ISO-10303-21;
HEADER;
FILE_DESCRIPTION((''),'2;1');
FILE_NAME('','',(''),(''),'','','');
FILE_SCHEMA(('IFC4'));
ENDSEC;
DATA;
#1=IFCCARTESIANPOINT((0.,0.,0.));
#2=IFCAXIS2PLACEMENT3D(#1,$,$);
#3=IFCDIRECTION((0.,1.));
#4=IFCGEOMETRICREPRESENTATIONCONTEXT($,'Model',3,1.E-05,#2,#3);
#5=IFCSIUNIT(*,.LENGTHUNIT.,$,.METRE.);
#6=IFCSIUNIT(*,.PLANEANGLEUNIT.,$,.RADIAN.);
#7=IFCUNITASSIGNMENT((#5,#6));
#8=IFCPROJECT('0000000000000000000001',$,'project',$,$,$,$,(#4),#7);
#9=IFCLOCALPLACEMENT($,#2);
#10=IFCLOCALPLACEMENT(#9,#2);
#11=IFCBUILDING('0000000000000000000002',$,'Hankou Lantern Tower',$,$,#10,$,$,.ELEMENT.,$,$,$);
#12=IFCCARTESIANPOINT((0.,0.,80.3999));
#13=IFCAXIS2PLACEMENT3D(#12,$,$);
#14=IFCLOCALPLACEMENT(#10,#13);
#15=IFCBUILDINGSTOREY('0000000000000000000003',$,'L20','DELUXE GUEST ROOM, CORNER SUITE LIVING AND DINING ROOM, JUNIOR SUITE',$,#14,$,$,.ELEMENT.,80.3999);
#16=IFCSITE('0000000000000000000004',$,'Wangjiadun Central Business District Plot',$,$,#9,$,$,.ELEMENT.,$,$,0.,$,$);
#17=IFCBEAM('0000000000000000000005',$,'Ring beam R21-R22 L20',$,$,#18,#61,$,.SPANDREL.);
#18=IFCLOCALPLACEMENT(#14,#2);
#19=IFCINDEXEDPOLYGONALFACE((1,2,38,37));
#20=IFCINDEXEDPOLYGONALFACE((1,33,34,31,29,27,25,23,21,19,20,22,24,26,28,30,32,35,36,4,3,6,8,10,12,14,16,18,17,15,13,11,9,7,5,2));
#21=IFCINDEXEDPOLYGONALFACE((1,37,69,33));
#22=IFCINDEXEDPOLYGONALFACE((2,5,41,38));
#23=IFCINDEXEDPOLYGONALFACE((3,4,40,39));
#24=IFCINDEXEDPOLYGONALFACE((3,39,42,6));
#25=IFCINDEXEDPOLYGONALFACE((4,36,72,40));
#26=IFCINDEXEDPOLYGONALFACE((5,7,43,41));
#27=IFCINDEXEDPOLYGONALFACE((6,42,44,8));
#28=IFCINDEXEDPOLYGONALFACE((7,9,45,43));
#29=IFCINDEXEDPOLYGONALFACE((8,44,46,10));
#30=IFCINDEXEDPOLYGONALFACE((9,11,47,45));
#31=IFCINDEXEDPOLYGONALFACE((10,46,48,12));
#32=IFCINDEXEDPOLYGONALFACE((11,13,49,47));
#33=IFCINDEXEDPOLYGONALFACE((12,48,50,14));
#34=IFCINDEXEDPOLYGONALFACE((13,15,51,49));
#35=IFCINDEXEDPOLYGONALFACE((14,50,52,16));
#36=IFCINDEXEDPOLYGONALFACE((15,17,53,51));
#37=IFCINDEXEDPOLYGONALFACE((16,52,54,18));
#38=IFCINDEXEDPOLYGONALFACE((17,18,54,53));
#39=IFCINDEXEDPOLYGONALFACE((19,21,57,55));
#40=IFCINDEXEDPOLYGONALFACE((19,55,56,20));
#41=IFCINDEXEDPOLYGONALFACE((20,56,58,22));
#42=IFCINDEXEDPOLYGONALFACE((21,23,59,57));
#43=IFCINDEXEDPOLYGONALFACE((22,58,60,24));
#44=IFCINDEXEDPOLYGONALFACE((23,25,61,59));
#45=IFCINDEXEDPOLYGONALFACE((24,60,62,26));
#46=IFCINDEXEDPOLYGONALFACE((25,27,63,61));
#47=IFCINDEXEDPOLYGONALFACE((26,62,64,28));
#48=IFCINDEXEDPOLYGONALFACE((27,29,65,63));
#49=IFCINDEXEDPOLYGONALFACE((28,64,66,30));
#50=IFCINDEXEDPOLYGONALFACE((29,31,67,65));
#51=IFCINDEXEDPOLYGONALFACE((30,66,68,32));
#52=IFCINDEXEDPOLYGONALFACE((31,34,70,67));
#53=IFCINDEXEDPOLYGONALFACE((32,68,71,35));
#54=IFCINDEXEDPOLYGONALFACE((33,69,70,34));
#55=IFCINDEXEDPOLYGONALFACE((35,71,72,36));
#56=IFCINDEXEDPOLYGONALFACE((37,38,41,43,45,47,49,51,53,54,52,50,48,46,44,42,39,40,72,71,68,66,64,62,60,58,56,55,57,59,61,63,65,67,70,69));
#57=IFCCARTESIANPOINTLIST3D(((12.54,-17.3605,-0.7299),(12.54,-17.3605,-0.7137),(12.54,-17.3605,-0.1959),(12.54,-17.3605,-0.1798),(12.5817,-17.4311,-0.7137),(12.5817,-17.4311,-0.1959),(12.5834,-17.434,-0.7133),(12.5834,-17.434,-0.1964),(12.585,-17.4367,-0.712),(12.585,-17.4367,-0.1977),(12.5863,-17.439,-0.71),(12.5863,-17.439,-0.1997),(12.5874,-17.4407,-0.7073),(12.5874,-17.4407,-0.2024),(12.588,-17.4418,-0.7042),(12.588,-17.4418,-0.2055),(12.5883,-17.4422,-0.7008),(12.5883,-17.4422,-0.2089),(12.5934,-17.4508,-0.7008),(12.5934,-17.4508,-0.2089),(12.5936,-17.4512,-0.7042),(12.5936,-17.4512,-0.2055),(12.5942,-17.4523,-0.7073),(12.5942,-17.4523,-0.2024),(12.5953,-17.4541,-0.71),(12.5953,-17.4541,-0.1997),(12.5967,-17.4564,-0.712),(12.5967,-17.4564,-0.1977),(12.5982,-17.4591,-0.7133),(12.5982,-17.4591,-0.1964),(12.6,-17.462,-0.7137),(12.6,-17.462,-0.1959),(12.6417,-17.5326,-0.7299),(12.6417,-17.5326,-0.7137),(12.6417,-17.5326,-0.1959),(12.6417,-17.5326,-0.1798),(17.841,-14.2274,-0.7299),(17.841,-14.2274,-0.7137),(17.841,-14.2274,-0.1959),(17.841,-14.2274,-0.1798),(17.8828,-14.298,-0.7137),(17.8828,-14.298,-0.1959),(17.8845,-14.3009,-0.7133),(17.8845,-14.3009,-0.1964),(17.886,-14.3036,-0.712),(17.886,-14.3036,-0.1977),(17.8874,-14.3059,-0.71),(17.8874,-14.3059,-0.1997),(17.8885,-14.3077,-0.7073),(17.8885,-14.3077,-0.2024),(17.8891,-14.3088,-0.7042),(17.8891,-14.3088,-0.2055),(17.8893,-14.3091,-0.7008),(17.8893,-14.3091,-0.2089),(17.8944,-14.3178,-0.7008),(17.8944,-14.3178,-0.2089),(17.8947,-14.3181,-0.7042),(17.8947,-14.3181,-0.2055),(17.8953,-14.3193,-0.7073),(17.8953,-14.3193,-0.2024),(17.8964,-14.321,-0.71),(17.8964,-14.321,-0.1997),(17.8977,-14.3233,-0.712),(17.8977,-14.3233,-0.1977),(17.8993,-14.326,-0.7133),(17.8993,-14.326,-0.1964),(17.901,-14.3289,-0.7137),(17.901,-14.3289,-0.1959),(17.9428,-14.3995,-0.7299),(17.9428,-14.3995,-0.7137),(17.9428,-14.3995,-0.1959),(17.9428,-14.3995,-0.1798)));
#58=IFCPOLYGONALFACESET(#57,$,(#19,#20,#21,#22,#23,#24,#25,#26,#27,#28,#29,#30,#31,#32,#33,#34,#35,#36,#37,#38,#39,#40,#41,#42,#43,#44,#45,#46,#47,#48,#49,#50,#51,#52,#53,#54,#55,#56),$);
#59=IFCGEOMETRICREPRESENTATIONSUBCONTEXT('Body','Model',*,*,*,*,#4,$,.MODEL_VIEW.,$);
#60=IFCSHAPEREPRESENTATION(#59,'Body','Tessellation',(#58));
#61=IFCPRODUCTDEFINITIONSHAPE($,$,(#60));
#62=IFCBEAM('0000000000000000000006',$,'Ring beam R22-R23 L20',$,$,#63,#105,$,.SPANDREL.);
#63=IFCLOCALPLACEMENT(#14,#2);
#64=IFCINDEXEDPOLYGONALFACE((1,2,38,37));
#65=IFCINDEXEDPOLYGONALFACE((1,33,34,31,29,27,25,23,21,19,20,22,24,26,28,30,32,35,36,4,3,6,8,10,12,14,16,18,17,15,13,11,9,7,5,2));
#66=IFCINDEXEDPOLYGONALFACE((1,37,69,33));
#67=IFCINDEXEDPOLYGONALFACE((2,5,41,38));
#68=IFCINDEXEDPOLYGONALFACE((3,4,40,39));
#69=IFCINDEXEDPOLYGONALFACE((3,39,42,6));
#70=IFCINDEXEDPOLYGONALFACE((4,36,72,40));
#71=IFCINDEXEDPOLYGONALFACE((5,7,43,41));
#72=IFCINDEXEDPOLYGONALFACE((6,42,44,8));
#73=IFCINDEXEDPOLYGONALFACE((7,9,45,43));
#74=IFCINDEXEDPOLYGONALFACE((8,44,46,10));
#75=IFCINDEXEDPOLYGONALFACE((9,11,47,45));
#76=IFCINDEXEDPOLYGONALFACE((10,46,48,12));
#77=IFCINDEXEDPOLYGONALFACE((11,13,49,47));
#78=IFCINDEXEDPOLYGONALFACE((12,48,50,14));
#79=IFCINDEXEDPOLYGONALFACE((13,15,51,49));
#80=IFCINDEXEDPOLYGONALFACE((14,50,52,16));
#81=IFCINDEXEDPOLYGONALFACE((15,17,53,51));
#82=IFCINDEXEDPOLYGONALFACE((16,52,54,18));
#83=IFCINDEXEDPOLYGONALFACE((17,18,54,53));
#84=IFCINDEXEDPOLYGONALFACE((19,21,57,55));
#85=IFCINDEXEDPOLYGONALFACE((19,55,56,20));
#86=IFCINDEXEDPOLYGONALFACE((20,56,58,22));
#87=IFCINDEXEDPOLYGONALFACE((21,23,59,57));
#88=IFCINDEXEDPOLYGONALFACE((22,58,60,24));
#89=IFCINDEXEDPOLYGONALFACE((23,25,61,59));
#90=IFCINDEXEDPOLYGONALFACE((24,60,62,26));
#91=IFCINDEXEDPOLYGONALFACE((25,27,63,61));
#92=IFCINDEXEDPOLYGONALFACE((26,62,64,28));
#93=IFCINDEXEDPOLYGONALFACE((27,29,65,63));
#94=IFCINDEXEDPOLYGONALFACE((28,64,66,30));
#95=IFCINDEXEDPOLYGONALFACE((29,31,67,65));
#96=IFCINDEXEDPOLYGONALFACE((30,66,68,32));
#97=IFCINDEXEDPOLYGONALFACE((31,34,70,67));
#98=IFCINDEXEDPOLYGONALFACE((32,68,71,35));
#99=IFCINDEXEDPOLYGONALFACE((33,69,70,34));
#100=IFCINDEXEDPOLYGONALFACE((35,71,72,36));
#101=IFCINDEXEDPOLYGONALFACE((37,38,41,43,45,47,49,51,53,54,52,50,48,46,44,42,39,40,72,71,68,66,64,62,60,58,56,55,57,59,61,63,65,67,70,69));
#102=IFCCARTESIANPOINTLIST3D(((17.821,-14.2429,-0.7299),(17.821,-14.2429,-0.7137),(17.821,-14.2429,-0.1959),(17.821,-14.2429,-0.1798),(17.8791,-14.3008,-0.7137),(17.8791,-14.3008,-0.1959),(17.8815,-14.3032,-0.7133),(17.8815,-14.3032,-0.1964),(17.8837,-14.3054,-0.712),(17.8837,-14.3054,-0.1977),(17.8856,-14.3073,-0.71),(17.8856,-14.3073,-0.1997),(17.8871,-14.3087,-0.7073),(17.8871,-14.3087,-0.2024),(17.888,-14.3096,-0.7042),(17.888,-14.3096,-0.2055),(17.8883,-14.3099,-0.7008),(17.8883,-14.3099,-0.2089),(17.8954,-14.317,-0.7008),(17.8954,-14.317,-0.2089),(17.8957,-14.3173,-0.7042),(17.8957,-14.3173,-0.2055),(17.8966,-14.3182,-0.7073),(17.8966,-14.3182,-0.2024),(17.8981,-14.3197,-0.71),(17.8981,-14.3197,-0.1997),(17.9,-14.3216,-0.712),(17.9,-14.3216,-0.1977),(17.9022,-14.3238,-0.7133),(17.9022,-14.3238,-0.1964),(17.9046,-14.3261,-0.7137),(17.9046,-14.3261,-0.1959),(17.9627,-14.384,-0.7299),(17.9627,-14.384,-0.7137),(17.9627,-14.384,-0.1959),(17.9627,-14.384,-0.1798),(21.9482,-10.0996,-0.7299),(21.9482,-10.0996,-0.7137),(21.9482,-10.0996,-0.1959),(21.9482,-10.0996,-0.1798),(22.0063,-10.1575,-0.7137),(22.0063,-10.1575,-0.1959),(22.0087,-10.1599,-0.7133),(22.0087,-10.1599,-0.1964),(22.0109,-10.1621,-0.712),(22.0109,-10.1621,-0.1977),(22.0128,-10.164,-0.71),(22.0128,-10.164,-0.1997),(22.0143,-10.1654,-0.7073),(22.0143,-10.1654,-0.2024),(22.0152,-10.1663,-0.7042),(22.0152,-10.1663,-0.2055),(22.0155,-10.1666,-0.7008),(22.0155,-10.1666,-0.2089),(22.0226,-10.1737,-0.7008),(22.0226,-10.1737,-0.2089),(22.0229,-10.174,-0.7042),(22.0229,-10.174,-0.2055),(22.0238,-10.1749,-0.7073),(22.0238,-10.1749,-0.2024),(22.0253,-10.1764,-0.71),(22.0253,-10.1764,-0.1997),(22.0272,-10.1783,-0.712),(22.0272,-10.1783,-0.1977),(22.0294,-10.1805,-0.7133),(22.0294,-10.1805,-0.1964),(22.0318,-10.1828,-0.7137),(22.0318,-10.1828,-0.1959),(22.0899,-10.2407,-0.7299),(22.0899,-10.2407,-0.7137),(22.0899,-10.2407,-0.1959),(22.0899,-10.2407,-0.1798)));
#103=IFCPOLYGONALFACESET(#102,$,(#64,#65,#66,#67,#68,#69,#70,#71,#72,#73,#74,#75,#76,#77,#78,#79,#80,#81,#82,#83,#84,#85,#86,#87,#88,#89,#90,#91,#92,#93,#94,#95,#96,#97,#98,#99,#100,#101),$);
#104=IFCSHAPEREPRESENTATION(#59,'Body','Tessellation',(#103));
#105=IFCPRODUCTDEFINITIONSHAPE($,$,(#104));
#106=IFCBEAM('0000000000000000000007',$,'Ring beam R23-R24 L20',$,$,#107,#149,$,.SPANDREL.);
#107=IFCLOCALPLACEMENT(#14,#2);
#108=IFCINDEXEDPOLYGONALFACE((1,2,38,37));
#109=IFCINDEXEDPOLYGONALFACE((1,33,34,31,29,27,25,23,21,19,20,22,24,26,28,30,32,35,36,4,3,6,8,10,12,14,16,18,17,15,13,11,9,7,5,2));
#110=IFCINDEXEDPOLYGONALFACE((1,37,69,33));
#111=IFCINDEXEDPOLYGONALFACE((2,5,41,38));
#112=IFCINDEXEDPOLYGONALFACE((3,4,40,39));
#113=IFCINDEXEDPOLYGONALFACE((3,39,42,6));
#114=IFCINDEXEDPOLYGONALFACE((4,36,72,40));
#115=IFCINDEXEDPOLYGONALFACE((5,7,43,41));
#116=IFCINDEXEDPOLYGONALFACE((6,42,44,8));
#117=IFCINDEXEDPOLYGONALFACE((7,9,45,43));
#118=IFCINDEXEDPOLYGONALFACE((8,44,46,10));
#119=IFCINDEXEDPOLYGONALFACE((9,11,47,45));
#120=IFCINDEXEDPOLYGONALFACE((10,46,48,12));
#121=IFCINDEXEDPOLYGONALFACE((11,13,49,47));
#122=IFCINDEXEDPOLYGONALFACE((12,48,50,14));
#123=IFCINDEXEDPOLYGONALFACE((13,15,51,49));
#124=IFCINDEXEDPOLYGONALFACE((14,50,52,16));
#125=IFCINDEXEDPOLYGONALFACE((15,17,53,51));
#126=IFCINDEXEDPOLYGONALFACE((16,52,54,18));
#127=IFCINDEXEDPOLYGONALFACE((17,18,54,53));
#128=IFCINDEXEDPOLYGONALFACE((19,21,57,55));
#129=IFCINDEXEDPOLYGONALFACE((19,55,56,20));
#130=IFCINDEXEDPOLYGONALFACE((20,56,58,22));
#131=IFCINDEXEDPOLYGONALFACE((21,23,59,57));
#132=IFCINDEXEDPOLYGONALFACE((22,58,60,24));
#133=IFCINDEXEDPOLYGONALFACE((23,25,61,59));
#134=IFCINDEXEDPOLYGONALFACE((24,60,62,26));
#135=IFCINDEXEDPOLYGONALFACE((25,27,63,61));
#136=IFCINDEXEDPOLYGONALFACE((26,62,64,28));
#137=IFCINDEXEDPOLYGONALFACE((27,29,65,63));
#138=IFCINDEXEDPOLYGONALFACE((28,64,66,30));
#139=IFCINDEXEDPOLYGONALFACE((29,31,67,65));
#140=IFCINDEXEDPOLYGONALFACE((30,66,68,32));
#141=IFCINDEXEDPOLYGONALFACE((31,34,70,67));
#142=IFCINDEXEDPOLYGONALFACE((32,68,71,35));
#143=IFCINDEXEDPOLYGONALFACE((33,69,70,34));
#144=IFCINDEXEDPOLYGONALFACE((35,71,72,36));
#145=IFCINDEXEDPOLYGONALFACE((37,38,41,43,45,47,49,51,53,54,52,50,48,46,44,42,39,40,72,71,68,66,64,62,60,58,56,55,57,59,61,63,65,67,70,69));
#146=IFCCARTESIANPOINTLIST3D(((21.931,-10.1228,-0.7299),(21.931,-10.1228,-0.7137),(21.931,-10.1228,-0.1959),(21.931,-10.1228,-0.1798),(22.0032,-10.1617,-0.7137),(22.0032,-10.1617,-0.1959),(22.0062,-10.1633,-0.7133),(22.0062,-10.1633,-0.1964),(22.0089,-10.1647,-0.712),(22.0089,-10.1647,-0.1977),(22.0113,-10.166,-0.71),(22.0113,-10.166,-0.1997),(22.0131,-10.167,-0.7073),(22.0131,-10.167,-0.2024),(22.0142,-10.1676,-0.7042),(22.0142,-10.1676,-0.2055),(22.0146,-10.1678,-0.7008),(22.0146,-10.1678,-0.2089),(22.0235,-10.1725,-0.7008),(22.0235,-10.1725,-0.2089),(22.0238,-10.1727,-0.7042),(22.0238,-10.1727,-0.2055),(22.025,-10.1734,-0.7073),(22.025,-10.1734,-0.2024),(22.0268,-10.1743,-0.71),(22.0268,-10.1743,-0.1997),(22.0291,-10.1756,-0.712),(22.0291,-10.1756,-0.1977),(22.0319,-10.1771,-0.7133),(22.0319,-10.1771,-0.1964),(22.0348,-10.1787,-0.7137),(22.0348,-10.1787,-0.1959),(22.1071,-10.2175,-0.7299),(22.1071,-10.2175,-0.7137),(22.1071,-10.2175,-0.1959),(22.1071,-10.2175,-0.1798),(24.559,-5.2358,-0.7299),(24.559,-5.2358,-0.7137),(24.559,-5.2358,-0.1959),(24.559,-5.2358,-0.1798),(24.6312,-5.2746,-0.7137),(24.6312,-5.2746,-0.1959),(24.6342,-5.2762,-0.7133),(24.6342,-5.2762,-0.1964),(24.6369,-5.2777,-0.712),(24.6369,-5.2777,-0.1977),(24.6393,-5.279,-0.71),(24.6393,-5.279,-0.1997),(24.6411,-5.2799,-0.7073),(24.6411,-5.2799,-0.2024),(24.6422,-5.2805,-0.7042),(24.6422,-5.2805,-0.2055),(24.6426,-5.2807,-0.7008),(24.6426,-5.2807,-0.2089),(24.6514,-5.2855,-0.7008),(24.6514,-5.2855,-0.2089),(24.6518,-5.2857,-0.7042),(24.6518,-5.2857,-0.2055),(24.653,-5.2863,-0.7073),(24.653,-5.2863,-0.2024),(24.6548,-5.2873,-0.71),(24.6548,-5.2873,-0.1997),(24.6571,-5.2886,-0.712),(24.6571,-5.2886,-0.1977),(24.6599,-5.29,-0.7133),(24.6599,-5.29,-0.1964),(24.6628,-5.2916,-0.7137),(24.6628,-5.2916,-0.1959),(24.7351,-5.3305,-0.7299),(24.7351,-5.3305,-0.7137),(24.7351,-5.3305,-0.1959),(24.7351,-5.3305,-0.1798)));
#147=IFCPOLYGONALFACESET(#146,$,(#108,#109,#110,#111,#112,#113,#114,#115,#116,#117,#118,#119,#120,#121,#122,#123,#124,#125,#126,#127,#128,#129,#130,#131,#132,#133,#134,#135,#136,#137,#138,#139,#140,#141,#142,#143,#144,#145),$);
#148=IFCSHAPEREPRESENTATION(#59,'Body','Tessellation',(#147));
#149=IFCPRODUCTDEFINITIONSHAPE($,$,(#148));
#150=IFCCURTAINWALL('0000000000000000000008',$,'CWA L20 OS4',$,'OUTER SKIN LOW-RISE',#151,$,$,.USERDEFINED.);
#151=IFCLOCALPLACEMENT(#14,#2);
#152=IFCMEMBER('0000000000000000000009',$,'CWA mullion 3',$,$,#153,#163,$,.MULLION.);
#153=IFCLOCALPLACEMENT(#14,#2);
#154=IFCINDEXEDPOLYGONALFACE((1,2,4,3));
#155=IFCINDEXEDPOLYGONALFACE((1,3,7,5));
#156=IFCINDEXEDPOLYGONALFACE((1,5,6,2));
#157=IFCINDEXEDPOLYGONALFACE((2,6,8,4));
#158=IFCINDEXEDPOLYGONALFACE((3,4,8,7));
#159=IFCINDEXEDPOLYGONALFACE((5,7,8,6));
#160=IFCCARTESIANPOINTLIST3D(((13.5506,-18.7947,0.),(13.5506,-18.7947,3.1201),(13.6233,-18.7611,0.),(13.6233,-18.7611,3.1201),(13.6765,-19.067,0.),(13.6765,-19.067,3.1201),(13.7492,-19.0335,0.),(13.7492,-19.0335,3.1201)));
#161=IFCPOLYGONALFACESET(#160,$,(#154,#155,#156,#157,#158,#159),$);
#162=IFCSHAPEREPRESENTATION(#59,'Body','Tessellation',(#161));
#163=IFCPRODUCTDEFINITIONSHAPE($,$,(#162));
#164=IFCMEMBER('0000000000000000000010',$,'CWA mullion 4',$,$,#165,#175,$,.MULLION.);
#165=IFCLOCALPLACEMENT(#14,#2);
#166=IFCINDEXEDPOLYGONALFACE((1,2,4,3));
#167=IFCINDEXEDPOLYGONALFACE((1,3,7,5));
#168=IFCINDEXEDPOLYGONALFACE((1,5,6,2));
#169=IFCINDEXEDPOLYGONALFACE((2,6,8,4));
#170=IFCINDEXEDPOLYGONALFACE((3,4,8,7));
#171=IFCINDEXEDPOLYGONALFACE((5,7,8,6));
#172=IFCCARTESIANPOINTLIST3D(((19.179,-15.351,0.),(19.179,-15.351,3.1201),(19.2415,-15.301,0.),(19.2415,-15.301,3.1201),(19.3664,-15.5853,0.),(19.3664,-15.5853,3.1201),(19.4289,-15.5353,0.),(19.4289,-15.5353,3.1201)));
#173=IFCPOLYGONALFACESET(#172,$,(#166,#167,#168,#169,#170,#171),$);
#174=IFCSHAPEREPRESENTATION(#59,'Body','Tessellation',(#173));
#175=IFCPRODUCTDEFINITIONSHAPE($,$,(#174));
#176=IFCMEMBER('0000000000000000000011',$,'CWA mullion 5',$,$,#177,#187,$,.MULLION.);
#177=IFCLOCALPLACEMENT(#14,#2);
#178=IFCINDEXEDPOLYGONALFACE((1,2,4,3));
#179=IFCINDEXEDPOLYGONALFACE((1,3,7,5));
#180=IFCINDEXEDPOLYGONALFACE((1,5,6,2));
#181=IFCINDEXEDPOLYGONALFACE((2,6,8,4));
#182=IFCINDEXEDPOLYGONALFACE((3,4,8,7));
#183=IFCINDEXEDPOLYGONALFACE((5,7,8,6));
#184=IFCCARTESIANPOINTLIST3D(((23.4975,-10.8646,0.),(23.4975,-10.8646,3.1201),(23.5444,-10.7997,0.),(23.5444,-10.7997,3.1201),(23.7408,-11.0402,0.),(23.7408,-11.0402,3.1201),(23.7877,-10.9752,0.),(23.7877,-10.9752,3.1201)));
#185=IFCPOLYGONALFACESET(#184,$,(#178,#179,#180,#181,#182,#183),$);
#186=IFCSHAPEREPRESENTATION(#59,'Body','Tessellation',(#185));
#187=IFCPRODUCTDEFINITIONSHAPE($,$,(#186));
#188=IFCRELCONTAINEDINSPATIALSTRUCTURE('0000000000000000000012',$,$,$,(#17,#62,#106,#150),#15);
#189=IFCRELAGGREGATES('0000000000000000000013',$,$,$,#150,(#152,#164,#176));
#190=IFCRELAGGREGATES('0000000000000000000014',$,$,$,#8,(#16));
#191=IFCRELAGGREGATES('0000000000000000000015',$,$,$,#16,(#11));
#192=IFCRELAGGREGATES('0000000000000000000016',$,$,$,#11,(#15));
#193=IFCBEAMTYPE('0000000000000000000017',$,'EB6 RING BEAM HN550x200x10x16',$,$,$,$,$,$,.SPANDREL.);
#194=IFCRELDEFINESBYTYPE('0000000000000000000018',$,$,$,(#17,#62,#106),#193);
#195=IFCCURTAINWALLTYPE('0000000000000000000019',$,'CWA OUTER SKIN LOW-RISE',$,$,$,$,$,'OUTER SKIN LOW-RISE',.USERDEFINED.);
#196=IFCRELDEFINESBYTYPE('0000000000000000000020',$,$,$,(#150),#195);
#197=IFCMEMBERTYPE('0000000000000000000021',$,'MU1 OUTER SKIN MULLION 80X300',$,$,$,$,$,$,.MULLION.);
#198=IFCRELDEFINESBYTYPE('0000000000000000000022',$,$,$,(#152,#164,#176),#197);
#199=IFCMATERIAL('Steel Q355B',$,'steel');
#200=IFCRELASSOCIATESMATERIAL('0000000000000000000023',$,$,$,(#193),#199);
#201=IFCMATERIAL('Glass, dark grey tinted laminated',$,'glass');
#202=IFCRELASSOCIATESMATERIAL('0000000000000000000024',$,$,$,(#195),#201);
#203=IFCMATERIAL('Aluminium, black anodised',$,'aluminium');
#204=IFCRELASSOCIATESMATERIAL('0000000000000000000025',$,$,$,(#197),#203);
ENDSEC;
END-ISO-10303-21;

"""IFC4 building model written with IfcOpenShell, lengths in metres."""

from ifc_helpers import new_model, si_unit, direction, frame, origin, origin_2d, place, context, subcontext, project, spatial, rectangle, i_section, extrude, material, material_profile, profile_set, type_object, element, aggregate, save


model = new_model("IFC4")

# Units and contexts
model_context = context("Model", 3, precision=1e-05, world=origin(), true_north=direction((0.0, 1.0)))
body_context = subcontext(model_context, "Body", "Model", "MODEL_VIEW")
ifc_project = project(units=[si_unit("LENGTHUNIT", "METRE"), si_unit("PLANEANGLEUNIT", "RADIAN")], contexts=[model_context])

# Site, building, storey
site_placement = place(None, origin())
site = spatial("IfcSite", under=ifc_project, at=site_placement, Name="Wangjiadun Central Business District Plot", CompositionType="ELEMENT", RefElevation=0.0)
building_placement = place(site_placement, origin())
building = spatial("IfcBuilding", under=site, at=building_placement, Name="Hankou Lantern Tower", CompositionType="ELEMENT")
storey_placement = place(building_placement, frame((0.0, 0.0, 80.3999)))
storey = spatial("IfcBuildingStorey", under=building, at=storey_placement, Name="L20", Description="DELUXE GUEST ROOM, CORNER SUITE LIVING AND DINING ROOM, JUNIOR SUITE", CompositionType="ELEMENT", Elevation=80.3999)

# Beams
ifc_material_1 = material(Name="Steel Q355B", Category="steel")
ifc_material_profile_1 = material_profile(ifc_material_1, i_section(OverallWidth=0.2, OverallDepth=0.55, WebThickness=0.01, FlangeThickness=0.0161, FilletRadius=0.0129, at=origin_2d()), Name="HN550x200x10x16")
ifc_profile_set_1 = profile_set([ifc_material_profile_1], Name="Steel Q355B")
beam_type_1 = type_object("IfcBeamType", Name="EB6 RING BEAM HN550x200x10x16", PredefinedType="SPANDREL", material=ifc_profile_set_1)
beam_1_placement = place(storey_placement, frame((12.5908, -17.4465, -0.4548), z_axis=(0.860882, 0.508805, 0.0), x_axis=(-0.508805, 0.860882, 0.0)))
element("IfcBeam", 1, at=beam_1_placement, inside=storey, type_object=beam_type_1, Name="Ring beam R21-R22 L20", PredefinedType="SPANDREL", context=body_context, shape_type="SweptSolid", body=[
    extrude(i_section(OverallWidth=0.2, OverallDepth=0.55, WebThickness=0.01, FlangeThickness=0.0161, FilletRadius=0.0129, at=origin_2d()), origin(), (0.0, 0.0, 1.0), 6.1577),
])
beam_2_placement = place(storey_placement, frame((17.8918, -14.3135, -0.4548), z_axis=(0.705728, 0.708483, 0.0), x_axis=(-0.708483, 0.705728, 0.0)))
element("IfcBeam", 2, at=beam_2_placement, inside=storey, type_object=beam_type_1, Name="Ring beam R22-R23 L20", PredefinedType="SPANDREL", context=body_context, shape_type="SweptSolid", body=[
    extrude(i_section(OverallWidth=0.2, OverallDepth=0.55, WebThickness=0.01, FlangeThickness=0.0161, FilletRadius=0.0129, at=origin_2d()), origin(), (0.0, 0.0, 1.0), 5.8481),
])
beam_3_placement = place(storey_placement, frame((22.019, -10.1702, -0.4548), z_axis=(0.473609, 0.880735, 0.0), x_axis=(-0.880735, 0.473609, 0.0)))
element("IfcBeam", 3, at=beam_3_placement, inside=storey, type_object=beam_type_1, Name="Ring beam R23-R24 L20", PredefinedType="SPANDREL", context=body_context, shape_type="SweptSolid", body=[
    extrude(i_section(OverallWidth=0.2, OverallDepth=0.55, WebThickness=0.01, FlangeThickness=0.0161, FilletRadius=0.0129, at=origin_2d()), origin(), (0.0, 0.0, 1.0), 5.5488),
])

# Curtain wall, members
ifc_material_2 = material(Name="Glass, dark grey tinted laminated", Category="glass")
curtain_wall_type = type_object("IfcCurtainWallType", Name="CWA OUTER SKIN LOW-RISE", ElementType="OUTER SKIN LOW-RISE", PredefinedType="USERDEFINED", material=ifc_material_2)
curtain_wall_placement = place(storey_placement, origin())
curtain_wall = element("IfcCurtainWall", 4, at=curtain_wall_placement, inside=storey, type_object=curtain_wall_type, Name="CWA L20 OS4", ObjectType="OUTER SKIN LOW-RISE", PredefinedType="USERDEFINED")
ifc_material_3 = material(Name="Aluminium, black anodised", Category="aluminium")
ifc_material_profile_2 = material_profile(ifc_material_3, rectangle(XDim=0.0801, YDim=0.3, at=origin_2d()), Name="MU1 80X300")
ifc_profile_set_2 = profile_set([ifc_material_profile_2], Name="Aluminium, black anodised")
member_type_1 = type_object("IfcMemberType", Name="MU1 OUTER SKIN MULLION 80X300", PredefinedType="MULLION", material=ifc_profile_set_2)
member_1_placement = place(storey_placement, frame((13.6499, -18.9141, 0.0), z_axis=(0.0, 0.0, 1.0), x_axis=(0.907841, 0.419314, 0.0)))
member_1 = element("IfcMember", 5, at=member_1_placement, type_object=member_type_1, Name="CWA mullion 3", PredefinedType="MULLION", context=body_context, shape_type="SweptSolid", body=[
    extrude(rectangle(XDim=0.0801, YDim=0.3, at=origin_2d()), origin(), (0.0, 0.0, 1.0), 3.1201),
])
member_2_placement = place(storey_placement, frame((19.304, -15.4431, 0.0), z_axis=(0.0, 0.0, 1.0), x_axis=(0.780869, 0.624695, 0.0)))
member_2 = element("IfcMember", 6, at=member_2_placement, type_object=member_type_1, Name="CWA mullion 4", PredefinedType="MULLION", context=body_context, shape_type="SweptSolid", body=[
    extrude(rectangle(XDim=0.0801, YDim=0.3, at=origin_2d()), origin(), (0.0, 0.0, 1.0), 3.1201),
])
member_3_placement = place(storey_placement, frame((23.6426, -10.9199, 0.0), z_axis=(0.0, 0.0, 1.0), x_axis=(0.585206, 0.810885, 0.0)))
member_3 = element("IfcMember", 7, at=member_3_placement, type_object=member_type_1, Name="CWA mullion 5", PredefinedType="MULLION", context=body_context, shape_type="SweptSolid", body=[
    extrude(rectangle(XDim=0.0801, YDim=0.3, at=origin_2d()), origin(), (0.0, 0.0, 1.0), 3.1201),
])

aggregate(curtain_wall, [member_1, member_2, member_3])

save(model, "model.ifc")
